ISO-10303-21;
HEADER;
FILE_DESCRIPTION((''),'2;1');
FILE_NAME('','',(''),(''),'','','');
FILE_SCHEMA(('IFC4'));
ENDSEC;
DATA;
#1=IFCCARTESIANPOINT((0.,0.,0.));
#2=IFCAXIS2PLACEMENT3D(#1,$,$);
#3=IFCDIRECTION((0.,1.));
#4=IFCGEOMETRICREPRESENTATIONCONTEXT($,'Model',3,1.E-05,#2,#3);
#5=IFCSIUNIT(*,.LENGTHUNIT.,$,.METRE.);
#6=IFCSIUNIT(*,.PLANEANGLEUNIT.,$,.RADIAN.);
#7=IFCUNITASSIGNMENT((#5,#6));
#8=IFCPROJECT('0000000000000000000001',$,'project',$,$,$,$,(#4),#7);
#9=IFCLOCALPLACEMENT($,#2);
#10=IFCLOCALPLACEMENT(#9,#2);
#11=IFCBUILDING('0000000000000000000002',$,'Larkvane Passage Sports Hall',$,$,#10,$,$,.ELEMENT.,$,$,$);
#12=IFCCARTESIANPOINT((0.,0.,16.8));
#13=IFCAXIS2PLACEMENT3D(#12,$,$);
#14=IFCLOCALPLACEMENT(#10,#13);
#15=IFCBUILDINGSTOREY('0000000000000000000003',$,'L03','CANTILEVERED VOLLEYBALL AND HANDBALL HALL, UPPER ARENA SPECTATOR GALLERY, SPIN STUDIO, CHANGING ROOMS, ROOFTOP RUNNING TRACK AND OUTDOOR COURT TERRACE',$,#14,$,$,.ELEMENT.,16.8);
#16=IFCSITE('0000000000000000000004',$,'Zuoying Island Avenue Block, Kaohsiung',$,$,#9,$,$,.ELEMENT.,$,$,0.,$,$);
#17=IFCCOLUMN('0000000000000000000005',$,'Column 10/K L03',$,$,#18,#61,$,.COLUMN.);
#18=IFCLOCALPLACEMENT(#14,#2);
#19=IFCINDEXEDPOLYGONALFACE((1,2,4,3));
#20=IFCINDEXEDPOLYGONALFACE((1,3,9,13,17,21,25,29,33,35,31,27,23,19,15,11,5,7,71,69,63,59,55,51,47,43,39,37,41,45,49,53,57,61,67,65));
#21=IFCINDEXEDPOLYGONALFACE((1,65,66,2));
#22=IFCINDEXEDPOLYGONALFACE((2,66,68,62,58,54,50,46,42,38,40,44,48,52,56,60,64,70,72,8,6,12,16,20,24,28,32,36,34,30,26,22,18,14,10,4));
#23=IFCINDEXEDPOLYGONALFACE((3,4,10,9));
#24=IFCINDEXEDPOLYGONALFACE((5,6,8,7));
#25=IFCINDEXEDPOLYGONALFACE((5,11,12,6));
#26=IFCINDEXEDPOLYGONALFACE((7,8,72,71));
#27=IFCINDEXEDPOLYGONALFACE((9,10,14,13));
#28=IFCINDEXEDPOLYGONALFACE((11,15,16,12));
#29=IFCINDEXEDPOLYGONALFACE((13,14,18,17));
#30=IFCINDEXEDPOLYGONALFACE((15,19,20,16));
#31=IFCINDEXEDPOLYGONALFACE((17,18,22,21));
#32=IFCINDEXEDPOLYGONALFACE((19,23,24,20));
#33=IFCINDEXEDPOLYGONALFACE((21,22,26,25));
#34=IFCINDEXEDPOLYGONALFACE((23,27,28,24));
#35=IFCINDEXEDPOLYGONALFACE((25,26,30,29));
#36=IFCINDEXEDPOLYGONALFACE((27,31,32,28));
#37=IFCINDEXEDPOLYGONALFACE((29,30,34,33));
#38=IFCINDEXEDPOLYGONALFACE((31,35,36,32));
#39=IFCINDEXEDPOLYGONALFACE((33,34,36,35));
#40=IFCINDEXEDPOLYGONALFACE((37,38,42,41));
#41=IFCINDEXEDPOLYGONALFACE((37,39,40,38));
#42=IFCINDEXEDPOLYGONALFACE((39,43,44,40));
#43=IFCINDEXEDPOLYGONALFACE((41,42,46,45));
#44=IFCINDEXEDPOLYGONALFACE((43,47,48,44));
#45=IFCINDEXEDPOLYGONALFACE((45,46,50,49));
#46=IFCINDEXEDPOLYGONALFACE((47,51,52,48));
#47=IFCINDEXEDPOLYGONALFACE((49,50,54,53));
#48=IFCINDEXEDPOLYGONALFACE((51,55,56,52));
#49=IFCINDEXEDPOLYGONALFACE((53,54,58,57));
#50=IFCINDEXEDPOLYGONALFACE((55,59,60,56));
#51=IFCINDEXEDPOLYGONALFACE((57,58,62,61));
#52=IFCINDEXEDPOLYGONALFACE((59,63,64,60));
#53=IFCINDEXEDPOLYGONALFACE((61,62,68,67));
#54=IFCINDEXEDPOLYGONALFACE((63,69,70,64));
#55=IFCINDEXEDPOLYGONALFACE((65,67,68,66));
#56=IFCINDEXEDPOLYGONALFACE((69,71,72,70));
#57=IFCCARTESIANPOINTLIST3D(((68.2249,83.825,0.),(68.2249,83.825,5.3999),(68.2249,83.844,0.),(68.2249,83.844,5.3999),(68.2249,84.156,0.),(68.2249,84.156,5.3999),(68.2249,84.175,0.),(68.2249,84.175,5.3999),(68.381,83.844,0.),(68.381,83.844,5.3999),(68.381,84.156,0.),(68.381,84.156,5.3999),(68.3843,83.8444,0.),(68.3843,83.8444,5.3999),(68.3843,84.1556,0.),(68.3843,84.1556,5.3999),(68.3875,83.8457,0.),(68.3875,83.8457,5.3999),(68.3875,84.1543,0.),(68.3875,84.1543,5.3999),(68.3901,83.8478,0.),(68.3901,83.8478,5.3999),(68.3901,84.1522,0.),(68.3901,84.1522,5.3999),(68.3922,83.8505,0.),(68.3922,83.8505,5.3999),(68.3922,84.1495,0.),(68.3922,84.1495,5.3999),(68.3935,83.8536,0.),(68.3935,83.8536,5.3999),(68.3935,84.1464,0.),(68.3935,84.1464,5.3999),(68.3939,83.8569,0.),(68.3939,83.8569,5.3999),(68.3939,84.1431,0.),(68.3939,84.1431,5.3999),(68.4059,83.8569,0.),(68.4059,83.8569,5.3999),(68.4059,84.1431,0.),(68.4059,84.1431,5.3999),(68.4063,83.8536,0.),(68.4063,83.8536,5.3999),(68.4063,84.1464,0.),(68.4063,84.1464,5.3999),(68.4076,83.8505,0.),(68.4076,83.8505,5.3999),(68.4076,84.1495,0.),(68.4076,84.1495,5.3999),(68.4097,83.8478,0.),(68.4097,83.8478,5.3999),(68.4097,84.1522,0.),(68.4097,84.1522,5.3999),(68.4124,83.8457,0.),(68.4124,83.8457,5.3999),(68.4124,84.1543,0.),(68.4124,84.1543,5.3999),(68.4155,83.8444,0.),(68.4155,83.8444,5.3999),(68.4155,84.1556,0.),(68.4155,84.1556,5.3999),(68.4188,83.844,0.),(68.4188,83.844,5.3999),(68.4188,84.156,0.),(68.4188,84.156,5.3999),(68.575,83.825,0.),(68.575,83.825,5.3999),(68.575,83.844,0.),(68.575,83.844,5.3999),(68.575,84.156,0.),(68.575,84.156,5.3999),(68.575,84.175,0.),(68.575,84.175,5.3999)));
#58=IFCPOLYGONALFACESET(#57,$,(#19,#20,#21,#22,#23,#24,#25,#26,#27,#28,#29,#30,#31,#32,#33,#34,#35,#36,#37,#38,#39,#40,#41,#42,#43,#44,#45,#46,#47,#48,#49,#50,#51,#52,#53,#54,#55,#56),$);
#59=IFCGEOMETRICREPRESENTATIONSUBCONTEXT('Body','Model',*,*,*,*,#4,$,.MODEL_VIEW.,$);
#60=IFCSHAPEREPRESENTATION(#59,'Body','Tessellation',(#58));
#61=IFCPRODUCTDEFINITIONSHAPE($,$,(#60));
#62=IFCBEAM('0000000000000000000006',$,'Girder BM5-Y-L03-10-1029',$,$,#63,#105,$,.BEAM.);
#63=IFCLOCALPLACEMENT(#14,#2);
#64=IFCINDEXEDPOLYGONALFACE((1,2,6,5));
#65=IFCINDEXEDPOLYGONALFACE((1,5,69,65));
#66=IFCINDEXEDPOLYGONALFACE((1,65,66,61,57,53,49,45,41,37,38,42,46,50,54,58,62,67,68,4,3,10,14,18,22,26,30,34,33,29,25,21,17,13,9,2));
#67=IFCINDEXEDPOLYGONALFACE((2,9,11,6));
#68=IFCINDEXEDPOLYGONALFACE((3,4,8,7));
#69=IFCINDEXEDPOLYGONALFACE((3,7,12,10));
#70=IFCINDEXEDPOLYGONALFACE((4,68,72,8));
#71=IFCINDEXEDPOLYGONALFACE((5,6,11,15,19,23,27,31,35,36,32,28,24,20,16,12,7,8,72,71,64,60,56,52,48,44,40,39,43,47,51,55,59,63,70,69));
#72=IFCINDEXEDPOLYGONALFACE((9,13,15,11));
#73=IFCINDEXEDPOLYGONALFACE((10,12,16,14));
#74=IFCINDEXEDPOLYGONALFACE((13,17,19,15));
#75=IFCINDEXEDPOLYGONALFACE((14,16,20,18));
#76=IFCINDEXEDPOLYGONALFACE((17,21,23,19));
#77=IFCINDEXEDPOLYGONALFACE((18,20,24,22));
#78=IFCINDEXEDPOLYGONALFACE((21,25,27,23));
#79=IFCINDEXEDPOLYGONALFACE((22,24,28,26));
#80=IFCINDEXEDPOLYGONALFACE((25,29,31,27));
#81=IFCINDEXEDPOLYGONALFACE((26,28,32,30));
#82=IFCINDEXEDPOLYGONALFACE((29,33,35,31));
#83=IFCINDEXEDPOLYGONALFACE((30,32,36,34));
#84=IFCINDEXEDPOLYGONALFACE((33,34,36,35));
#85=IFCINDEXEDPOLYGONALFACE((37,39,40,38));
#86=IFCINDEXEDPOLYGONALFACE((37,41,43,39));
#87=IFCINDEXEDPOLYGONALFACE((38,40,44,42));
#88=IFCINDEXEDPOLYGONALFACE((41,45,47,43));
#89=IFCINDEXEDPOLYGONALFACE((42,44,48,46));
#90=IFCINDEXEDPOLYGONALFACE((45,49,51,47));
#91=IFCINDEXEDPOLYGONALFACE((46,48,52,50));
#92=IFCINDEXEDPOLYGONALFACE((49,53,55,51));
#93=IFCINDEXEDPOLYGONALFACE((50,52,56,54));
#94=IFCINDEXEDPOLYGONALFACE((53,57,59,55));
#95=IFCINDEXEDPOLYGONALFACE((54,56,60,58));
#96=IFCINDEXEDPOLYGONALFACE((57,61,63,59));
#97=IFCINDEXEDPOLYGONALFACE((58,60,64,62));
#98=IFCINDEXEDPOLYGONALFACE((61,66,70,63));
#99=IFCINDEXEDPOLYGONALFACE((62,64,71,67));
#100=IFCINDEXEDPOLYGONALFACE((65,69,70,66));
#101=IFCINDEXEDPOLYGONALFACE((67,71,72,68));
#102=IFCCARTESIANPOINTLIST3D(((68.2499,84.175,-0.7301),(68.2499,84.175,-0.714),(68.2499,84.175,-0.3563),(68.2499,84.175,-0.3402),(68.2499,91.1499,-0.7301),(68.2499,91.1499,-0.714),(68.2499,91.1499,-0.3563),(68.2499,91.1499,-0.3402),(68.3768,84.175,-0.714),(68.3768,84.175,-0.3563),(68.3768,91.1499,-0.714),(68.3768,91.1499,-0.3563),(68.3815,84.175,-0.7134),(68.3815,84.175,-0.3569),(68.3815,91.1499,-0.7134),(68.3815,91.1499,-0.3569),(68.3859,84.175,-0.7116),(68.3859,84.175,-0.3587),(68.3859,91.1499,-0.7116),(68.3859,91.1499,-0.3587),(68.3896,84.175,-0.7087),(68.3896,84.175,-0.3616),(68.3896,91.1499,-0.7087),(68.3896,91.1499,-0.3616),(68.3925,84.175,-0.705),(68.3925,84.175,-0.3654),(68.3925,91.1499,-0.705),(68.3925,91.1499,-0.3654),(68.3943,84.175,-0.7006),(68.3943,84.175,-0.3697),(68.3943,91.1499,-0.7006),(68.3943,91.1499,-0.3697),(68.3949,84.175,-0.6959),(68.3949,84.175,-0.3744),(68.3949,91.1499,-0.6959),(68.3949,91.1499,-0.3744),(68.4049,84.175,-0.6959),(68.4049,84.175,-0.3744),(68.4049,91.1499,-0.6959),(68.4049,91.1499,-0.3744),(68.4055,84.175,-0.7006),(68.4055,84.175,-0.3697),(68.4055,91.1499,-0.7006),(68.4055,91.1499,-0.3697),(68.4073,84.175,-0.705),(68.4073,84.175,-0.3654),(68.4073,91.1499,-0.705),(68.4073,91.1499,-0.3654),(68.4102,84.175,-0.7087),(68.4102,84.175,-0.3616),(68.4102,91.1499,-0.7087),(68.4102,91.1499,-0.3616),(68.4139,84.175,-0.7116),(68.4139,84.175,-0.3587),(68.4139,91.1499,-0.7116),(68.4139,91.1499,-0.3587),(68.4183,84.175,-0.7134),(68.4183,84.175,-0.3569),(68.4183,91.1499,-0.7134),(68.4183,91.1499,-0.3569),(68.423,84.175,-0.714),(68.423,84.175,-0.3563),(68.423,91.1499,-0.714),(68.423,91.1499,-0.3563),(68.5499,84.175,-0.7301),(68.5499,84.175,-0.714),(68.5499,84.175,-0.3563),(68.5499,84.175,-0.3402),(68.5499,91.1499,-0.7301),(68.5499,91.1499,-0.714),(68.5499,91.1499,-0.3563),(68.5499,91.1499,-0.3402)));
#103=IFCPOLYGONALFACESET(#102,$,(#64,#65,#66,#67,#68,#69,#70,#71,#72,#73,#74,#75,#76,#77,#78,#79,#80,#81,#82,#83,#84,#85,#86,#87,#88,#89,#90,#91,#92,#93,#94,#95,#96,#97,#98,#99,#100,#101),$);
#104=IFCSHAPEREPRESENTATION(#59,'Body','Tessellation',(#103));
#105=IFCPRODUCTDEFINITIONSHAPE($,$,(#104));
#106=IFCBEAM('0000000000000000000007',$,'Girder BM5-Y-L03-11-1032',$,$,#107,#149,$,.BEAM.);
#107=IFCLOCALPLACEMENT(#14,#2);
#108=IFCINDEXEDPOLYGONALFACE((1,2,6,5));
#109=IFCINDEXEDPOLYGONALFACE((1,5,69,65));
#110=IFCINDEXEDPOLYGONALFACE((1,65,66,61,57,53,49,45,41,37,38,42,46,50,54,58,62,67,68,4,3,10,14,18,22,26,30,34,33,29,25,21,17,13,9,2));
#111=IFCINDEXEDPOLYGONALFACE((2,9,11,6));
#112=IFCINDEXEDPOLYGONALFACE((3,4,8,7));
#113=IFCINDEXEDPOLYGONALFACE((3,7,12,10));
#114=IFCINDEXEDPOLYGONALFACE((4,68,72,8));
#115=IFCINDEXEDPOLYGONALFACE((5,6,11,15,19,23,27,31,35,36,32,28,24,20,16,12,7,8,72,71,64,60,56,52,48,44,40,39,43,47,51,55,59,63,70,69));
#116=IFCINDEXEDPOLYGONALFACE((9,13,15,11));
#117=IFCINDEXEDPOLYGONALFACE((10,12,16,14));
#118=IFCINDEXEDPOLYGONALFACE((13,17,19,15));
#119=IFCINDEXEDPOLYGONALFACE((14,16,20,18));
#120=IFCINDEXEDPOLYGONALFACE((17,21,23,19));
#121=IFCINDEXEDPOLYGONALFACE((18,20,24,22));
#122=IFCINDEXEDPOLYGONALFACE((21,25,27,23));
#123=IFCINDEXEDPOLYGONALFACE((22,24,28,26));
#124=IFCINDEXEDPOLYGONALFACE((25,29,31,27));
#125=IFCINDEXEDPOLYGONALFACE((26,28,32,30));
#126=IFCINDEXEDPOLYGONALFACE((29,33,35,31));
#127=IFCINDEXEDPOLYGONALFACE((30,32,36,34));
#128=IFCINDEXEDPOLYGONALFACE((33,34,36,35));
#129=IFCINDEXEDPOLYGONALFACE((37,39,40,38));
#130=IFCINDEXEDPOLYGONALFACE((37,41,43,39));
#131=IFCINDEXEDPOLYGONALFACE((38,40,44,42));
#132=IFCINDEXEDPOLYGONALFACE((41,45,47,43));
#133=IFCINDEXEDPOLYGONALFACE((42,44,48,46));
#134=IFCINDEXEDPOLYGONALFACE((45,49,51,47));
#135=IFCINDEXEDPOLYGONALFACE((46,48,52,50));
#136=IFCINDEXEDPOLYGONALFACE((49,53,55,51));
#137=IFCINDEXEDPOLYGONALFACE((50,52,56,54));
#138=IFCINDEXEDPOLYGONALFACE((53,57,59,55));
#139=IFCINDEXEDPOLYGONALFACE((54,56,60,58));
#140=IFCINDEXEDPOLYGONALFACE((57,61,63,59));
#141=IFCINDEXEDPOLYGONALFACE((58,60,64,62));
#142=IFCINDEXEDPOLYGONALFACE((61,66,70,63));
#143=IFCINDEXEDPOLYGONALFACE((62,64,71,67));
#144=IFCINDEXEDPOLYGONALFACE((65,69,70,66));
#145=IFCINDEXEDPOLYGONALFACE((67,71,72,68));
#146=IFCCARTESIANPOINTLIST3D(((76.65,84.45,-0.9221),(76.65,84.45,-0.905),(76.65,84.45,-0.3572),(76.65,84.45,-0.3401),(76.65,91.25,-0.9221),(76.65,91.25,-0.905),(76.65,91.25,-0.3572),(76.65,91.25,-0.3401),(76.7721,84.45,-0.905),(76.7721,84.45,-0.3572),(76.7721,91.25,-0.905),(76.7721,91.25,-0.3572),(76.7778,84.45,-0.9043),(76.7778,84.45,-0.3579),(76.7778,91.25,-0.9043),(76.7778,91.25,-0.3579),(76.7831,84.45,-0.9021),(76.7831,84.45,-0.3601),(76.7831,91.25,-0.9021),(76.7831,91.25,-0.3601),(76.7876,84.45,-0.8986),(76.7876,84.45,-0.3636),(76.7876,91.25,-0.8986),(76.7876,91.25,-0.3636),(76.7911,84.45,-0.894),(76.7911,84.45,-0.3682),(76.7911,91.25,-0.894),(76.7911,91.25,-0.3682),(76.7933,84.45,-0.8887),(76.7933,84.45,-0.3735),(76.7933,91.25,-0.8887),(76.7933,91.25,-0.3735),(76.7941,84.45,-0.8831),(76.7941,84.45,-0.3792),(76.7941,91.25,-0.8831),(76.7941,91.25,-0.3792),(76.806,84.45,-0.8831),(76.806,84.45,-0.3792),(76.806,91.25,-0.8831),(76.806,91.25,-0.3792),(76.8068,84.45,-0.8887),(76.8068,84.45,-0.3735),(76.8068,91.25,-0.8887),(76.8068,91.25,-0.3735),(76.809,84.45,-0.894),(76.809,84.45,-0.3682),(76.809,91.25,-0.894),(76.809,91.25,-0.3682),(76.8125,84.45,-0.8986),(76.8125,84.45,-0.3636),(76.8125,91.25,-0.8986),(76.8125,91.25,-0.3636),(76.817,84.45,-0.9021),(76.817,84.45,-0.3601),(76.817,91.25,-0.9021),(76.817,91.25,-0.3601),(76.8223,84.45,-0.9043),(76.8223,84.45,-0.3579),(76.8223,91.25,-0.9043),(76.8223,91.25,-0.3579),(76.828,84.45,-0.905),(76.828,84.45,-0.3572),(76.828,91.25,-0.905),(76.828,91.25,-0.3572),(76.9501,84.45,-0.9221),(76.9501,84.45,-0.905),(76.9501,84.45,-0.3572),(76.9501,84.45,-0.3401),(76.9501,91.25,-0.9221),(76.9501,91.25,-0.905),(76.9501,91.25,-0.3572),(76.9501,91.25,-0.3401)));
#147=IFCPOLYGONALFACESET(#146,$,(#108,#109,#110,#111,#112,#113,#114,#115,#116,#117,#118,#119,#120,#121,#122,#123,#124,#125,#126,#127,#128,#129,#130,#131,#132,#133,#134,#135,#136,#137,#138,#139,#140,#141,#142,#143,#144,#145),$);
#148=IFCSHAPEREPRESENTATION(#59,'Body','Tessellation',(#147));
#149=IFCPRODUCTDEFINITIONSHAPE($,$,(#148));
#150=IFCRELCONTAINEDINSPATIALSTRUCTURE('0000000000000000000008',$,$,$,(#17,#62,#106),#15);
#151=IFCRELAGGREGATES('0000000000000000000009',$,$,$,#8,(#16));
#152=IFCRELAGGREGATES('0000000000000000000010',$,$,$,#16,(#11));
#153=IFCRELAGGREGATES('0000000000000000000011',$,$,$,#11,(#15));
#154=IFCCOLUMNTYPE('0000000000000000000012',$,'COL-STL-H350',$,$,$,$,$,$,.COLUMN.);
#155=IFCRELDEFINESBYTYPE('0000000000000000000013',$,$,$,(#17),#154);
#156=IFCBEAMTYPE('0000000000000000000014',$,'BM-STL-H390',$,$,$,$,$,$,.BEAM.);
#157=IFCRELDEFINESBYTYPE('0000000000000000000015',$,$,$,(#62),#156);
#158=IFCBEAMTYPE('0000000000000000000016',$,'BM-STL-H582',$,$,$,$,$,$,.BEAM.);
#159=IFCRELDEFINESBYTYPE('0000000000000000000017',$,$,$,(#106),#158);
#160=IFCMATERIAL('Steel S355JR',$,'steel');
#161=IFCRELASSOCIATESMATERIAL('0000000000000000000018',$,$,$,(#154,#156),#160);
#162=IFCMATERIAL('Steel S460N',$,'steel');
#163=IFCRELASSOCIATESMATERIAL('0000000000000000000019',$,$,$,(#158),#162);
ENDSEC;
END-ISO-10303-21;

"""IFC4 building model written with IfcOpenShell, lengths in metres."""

from ifc_helpers import new_model, si_unit, direction, frame, origin, origin_2d, place, context, subcontext, project, spatial, i_section, extrude, material, material_profile, profile_set, type_object, element, save


model = new_model("IFC4")

# Units and contexts
model_context = context("Model", 3, precision=1e-05, world=origin(), true_north=direction((0.0, 1.0)))
body_context = subcontext(model_context, "Body", "Model", "MODEL_VIEW")
ifc_project = project(units=[si_unit("LENGTHUNIT", "METRE"), si_unit("PLANEANGLEUNIT", "RADIAN")], contexts=[model_context])

# Site, building, storey
site_placement = place(None, origin())
site = spatial("IfcSite", under=ifc_project, at=site_placement, Name="Zuoying Island Avenue Block, Kaohsiung", CompositionType="ELEMENT", RefElevation=0.0)
building_placement = place(site_placement, origin())
building = spatial("IfcBuilding", under=site, at=building_placement, Name="Larkvane Passage Sports Hall", CompositionType="ELEMENT")
storey_placement = place(building_placement, frame((0.0, 0.0, 16.8)))
storey = spatial("IfcBuildingStorey", under=building, at=storey_placement, Name="L03", Description="CANTILEVERED VOLLEYBALL AND HANDBALL HALL, UPPER ARENA SPECTATOR GALLERY, SPIN STUDIO, CHANGING ROOMS, ROOFTOP RUNNING TRACK AND OUTDOOR COURT TERRACE", CompositionType="ELEMENT", Elevation=16.8)

# Column
ifc_material_1 = material(Name="Steel S460N", Category="steel")
ifc_material_2 = material(Name="Steel S355JR", Category="steel")
ifc_material_profile_1 = material_profile(ifc_material_2, i_section(OverallWidth=0.3501, OverallDepth=0.3501, WebThickness=0.012, FlangeThickness=0.019, FilletRadius=0.0129, at=origin_2d()), Name="H-350x350x12x19")
ifc_profile_set_1 = profile_set([ifc_material_profile_1], Name="Steel S355JR")
column_type_1 = type_object("IfcColumnType", Name="COL-STL-H350", PredefinedType="COLUMN", material=ifc_profile_set_1)
column_1_placement = place(storey_placement, frame((68.3999, 84.0, 0.0), z_axis=(0.0, 0.0, 1.0), x_axis=(1.0, 0.0, 0.0)))
element("IfcColumn", 1, at=column_1_placement, inside=storey, type_object=column_type_1, Name="Column 10/K L03", PredefinedType="COLUMN", context=body_context, shape_type="SweptSolid", body=[
    extrude(i_section(OverallWidth=0.3501, OverallDepth=0.3501, WebThickness=0.012, FlangeThickness=0.019, FilletRadius=0.0129, at=origin_2d()), origin(), (0.0, 0.0, 1.0), 5.3999),
])

# Beams
ifc_material_profile_2 = material_profile(ifc_material_2, i_section(OverallWidth=0.3, OverallDepth=0.3899, WebThickness=0.01, FlangeThickness=0.0161, FilletRadius=0.0181, at=origin_2d()), Name="H-390x300x10x16")
ifc_profile_set_2 = profile_set([ifc_material_profile_2], Name="Steel S355JR")
beam_type_1 = type_object("IfcBeamType", Name="BM-STL-H390", PredefinedType="BEAM", material=ifc_profile_set_2)
beam_1_placement = place(storey_placement, frame((68.3999, 84.175, -0.5352), z_axis=(0.0, 1.0, 0.0), x_axis=(-1.0, 0.0, 0.0)))
element("IfcBeam", 2, at=beam_1_placement, inside=storey, type_object=beam_type_1, Name="Girder BM5-Y-L03-10-1029", PredefinedType="BEAM", context=body_context, shape_type="SweptSolid", body=[
    extrude(i_section(OverallWidth=0.3, OverallDepth=0.3899, WebThickness=0.01, FlangeThickness=0.0161, FilletRadius=0.0181, at=origin_2d()), origin(), (0.0, 0.0, 1.0), 6.9749),
])
ifc_material_profile_3 = material_profile(ifc_material_1, i_section(OverallWidth=0.3, OverallDepth=0.582, WebThickness=0.012, FlangeThickness=0.0171, FilletRadius=0.022, at=origin_2d()), Name="H-582x300x12x17")
ifc_profile_set_3 = profile_set([ifc_material_profile_3], Name="Steel S460N")
beam_type_2 = type_object("IfcBeamType", Name="BM-STL-H582", PredefinedType="BEAM", material=ifc_profile_set_3)
beam_2_placement = place(storey_placement, frame((76.8, 84.45, -0.6311), z_axis=(0.0, 1.0, 0.0), x_axis=(-1.0, 0.0, 0.0)))
element("IfcBeam", 3, at=beam_2_placement, inside=storey, type_object=beam_type_2, Name="Girder BM5-Y-L03-11-1032", PredefinedType="BEAM", context=body_context, shape_type="SweptSolid", body=[
    extrude(i_section(OverallWidth=0.3, OverallDepth=0.582, WebThickness=0.012, FlangeThickness=0.0171, FilletRadius=0.022, at=origin_2d()), origin(), (0.0, 0.0, 1.0), 6.8),
])

save(model, "model.ifc")
